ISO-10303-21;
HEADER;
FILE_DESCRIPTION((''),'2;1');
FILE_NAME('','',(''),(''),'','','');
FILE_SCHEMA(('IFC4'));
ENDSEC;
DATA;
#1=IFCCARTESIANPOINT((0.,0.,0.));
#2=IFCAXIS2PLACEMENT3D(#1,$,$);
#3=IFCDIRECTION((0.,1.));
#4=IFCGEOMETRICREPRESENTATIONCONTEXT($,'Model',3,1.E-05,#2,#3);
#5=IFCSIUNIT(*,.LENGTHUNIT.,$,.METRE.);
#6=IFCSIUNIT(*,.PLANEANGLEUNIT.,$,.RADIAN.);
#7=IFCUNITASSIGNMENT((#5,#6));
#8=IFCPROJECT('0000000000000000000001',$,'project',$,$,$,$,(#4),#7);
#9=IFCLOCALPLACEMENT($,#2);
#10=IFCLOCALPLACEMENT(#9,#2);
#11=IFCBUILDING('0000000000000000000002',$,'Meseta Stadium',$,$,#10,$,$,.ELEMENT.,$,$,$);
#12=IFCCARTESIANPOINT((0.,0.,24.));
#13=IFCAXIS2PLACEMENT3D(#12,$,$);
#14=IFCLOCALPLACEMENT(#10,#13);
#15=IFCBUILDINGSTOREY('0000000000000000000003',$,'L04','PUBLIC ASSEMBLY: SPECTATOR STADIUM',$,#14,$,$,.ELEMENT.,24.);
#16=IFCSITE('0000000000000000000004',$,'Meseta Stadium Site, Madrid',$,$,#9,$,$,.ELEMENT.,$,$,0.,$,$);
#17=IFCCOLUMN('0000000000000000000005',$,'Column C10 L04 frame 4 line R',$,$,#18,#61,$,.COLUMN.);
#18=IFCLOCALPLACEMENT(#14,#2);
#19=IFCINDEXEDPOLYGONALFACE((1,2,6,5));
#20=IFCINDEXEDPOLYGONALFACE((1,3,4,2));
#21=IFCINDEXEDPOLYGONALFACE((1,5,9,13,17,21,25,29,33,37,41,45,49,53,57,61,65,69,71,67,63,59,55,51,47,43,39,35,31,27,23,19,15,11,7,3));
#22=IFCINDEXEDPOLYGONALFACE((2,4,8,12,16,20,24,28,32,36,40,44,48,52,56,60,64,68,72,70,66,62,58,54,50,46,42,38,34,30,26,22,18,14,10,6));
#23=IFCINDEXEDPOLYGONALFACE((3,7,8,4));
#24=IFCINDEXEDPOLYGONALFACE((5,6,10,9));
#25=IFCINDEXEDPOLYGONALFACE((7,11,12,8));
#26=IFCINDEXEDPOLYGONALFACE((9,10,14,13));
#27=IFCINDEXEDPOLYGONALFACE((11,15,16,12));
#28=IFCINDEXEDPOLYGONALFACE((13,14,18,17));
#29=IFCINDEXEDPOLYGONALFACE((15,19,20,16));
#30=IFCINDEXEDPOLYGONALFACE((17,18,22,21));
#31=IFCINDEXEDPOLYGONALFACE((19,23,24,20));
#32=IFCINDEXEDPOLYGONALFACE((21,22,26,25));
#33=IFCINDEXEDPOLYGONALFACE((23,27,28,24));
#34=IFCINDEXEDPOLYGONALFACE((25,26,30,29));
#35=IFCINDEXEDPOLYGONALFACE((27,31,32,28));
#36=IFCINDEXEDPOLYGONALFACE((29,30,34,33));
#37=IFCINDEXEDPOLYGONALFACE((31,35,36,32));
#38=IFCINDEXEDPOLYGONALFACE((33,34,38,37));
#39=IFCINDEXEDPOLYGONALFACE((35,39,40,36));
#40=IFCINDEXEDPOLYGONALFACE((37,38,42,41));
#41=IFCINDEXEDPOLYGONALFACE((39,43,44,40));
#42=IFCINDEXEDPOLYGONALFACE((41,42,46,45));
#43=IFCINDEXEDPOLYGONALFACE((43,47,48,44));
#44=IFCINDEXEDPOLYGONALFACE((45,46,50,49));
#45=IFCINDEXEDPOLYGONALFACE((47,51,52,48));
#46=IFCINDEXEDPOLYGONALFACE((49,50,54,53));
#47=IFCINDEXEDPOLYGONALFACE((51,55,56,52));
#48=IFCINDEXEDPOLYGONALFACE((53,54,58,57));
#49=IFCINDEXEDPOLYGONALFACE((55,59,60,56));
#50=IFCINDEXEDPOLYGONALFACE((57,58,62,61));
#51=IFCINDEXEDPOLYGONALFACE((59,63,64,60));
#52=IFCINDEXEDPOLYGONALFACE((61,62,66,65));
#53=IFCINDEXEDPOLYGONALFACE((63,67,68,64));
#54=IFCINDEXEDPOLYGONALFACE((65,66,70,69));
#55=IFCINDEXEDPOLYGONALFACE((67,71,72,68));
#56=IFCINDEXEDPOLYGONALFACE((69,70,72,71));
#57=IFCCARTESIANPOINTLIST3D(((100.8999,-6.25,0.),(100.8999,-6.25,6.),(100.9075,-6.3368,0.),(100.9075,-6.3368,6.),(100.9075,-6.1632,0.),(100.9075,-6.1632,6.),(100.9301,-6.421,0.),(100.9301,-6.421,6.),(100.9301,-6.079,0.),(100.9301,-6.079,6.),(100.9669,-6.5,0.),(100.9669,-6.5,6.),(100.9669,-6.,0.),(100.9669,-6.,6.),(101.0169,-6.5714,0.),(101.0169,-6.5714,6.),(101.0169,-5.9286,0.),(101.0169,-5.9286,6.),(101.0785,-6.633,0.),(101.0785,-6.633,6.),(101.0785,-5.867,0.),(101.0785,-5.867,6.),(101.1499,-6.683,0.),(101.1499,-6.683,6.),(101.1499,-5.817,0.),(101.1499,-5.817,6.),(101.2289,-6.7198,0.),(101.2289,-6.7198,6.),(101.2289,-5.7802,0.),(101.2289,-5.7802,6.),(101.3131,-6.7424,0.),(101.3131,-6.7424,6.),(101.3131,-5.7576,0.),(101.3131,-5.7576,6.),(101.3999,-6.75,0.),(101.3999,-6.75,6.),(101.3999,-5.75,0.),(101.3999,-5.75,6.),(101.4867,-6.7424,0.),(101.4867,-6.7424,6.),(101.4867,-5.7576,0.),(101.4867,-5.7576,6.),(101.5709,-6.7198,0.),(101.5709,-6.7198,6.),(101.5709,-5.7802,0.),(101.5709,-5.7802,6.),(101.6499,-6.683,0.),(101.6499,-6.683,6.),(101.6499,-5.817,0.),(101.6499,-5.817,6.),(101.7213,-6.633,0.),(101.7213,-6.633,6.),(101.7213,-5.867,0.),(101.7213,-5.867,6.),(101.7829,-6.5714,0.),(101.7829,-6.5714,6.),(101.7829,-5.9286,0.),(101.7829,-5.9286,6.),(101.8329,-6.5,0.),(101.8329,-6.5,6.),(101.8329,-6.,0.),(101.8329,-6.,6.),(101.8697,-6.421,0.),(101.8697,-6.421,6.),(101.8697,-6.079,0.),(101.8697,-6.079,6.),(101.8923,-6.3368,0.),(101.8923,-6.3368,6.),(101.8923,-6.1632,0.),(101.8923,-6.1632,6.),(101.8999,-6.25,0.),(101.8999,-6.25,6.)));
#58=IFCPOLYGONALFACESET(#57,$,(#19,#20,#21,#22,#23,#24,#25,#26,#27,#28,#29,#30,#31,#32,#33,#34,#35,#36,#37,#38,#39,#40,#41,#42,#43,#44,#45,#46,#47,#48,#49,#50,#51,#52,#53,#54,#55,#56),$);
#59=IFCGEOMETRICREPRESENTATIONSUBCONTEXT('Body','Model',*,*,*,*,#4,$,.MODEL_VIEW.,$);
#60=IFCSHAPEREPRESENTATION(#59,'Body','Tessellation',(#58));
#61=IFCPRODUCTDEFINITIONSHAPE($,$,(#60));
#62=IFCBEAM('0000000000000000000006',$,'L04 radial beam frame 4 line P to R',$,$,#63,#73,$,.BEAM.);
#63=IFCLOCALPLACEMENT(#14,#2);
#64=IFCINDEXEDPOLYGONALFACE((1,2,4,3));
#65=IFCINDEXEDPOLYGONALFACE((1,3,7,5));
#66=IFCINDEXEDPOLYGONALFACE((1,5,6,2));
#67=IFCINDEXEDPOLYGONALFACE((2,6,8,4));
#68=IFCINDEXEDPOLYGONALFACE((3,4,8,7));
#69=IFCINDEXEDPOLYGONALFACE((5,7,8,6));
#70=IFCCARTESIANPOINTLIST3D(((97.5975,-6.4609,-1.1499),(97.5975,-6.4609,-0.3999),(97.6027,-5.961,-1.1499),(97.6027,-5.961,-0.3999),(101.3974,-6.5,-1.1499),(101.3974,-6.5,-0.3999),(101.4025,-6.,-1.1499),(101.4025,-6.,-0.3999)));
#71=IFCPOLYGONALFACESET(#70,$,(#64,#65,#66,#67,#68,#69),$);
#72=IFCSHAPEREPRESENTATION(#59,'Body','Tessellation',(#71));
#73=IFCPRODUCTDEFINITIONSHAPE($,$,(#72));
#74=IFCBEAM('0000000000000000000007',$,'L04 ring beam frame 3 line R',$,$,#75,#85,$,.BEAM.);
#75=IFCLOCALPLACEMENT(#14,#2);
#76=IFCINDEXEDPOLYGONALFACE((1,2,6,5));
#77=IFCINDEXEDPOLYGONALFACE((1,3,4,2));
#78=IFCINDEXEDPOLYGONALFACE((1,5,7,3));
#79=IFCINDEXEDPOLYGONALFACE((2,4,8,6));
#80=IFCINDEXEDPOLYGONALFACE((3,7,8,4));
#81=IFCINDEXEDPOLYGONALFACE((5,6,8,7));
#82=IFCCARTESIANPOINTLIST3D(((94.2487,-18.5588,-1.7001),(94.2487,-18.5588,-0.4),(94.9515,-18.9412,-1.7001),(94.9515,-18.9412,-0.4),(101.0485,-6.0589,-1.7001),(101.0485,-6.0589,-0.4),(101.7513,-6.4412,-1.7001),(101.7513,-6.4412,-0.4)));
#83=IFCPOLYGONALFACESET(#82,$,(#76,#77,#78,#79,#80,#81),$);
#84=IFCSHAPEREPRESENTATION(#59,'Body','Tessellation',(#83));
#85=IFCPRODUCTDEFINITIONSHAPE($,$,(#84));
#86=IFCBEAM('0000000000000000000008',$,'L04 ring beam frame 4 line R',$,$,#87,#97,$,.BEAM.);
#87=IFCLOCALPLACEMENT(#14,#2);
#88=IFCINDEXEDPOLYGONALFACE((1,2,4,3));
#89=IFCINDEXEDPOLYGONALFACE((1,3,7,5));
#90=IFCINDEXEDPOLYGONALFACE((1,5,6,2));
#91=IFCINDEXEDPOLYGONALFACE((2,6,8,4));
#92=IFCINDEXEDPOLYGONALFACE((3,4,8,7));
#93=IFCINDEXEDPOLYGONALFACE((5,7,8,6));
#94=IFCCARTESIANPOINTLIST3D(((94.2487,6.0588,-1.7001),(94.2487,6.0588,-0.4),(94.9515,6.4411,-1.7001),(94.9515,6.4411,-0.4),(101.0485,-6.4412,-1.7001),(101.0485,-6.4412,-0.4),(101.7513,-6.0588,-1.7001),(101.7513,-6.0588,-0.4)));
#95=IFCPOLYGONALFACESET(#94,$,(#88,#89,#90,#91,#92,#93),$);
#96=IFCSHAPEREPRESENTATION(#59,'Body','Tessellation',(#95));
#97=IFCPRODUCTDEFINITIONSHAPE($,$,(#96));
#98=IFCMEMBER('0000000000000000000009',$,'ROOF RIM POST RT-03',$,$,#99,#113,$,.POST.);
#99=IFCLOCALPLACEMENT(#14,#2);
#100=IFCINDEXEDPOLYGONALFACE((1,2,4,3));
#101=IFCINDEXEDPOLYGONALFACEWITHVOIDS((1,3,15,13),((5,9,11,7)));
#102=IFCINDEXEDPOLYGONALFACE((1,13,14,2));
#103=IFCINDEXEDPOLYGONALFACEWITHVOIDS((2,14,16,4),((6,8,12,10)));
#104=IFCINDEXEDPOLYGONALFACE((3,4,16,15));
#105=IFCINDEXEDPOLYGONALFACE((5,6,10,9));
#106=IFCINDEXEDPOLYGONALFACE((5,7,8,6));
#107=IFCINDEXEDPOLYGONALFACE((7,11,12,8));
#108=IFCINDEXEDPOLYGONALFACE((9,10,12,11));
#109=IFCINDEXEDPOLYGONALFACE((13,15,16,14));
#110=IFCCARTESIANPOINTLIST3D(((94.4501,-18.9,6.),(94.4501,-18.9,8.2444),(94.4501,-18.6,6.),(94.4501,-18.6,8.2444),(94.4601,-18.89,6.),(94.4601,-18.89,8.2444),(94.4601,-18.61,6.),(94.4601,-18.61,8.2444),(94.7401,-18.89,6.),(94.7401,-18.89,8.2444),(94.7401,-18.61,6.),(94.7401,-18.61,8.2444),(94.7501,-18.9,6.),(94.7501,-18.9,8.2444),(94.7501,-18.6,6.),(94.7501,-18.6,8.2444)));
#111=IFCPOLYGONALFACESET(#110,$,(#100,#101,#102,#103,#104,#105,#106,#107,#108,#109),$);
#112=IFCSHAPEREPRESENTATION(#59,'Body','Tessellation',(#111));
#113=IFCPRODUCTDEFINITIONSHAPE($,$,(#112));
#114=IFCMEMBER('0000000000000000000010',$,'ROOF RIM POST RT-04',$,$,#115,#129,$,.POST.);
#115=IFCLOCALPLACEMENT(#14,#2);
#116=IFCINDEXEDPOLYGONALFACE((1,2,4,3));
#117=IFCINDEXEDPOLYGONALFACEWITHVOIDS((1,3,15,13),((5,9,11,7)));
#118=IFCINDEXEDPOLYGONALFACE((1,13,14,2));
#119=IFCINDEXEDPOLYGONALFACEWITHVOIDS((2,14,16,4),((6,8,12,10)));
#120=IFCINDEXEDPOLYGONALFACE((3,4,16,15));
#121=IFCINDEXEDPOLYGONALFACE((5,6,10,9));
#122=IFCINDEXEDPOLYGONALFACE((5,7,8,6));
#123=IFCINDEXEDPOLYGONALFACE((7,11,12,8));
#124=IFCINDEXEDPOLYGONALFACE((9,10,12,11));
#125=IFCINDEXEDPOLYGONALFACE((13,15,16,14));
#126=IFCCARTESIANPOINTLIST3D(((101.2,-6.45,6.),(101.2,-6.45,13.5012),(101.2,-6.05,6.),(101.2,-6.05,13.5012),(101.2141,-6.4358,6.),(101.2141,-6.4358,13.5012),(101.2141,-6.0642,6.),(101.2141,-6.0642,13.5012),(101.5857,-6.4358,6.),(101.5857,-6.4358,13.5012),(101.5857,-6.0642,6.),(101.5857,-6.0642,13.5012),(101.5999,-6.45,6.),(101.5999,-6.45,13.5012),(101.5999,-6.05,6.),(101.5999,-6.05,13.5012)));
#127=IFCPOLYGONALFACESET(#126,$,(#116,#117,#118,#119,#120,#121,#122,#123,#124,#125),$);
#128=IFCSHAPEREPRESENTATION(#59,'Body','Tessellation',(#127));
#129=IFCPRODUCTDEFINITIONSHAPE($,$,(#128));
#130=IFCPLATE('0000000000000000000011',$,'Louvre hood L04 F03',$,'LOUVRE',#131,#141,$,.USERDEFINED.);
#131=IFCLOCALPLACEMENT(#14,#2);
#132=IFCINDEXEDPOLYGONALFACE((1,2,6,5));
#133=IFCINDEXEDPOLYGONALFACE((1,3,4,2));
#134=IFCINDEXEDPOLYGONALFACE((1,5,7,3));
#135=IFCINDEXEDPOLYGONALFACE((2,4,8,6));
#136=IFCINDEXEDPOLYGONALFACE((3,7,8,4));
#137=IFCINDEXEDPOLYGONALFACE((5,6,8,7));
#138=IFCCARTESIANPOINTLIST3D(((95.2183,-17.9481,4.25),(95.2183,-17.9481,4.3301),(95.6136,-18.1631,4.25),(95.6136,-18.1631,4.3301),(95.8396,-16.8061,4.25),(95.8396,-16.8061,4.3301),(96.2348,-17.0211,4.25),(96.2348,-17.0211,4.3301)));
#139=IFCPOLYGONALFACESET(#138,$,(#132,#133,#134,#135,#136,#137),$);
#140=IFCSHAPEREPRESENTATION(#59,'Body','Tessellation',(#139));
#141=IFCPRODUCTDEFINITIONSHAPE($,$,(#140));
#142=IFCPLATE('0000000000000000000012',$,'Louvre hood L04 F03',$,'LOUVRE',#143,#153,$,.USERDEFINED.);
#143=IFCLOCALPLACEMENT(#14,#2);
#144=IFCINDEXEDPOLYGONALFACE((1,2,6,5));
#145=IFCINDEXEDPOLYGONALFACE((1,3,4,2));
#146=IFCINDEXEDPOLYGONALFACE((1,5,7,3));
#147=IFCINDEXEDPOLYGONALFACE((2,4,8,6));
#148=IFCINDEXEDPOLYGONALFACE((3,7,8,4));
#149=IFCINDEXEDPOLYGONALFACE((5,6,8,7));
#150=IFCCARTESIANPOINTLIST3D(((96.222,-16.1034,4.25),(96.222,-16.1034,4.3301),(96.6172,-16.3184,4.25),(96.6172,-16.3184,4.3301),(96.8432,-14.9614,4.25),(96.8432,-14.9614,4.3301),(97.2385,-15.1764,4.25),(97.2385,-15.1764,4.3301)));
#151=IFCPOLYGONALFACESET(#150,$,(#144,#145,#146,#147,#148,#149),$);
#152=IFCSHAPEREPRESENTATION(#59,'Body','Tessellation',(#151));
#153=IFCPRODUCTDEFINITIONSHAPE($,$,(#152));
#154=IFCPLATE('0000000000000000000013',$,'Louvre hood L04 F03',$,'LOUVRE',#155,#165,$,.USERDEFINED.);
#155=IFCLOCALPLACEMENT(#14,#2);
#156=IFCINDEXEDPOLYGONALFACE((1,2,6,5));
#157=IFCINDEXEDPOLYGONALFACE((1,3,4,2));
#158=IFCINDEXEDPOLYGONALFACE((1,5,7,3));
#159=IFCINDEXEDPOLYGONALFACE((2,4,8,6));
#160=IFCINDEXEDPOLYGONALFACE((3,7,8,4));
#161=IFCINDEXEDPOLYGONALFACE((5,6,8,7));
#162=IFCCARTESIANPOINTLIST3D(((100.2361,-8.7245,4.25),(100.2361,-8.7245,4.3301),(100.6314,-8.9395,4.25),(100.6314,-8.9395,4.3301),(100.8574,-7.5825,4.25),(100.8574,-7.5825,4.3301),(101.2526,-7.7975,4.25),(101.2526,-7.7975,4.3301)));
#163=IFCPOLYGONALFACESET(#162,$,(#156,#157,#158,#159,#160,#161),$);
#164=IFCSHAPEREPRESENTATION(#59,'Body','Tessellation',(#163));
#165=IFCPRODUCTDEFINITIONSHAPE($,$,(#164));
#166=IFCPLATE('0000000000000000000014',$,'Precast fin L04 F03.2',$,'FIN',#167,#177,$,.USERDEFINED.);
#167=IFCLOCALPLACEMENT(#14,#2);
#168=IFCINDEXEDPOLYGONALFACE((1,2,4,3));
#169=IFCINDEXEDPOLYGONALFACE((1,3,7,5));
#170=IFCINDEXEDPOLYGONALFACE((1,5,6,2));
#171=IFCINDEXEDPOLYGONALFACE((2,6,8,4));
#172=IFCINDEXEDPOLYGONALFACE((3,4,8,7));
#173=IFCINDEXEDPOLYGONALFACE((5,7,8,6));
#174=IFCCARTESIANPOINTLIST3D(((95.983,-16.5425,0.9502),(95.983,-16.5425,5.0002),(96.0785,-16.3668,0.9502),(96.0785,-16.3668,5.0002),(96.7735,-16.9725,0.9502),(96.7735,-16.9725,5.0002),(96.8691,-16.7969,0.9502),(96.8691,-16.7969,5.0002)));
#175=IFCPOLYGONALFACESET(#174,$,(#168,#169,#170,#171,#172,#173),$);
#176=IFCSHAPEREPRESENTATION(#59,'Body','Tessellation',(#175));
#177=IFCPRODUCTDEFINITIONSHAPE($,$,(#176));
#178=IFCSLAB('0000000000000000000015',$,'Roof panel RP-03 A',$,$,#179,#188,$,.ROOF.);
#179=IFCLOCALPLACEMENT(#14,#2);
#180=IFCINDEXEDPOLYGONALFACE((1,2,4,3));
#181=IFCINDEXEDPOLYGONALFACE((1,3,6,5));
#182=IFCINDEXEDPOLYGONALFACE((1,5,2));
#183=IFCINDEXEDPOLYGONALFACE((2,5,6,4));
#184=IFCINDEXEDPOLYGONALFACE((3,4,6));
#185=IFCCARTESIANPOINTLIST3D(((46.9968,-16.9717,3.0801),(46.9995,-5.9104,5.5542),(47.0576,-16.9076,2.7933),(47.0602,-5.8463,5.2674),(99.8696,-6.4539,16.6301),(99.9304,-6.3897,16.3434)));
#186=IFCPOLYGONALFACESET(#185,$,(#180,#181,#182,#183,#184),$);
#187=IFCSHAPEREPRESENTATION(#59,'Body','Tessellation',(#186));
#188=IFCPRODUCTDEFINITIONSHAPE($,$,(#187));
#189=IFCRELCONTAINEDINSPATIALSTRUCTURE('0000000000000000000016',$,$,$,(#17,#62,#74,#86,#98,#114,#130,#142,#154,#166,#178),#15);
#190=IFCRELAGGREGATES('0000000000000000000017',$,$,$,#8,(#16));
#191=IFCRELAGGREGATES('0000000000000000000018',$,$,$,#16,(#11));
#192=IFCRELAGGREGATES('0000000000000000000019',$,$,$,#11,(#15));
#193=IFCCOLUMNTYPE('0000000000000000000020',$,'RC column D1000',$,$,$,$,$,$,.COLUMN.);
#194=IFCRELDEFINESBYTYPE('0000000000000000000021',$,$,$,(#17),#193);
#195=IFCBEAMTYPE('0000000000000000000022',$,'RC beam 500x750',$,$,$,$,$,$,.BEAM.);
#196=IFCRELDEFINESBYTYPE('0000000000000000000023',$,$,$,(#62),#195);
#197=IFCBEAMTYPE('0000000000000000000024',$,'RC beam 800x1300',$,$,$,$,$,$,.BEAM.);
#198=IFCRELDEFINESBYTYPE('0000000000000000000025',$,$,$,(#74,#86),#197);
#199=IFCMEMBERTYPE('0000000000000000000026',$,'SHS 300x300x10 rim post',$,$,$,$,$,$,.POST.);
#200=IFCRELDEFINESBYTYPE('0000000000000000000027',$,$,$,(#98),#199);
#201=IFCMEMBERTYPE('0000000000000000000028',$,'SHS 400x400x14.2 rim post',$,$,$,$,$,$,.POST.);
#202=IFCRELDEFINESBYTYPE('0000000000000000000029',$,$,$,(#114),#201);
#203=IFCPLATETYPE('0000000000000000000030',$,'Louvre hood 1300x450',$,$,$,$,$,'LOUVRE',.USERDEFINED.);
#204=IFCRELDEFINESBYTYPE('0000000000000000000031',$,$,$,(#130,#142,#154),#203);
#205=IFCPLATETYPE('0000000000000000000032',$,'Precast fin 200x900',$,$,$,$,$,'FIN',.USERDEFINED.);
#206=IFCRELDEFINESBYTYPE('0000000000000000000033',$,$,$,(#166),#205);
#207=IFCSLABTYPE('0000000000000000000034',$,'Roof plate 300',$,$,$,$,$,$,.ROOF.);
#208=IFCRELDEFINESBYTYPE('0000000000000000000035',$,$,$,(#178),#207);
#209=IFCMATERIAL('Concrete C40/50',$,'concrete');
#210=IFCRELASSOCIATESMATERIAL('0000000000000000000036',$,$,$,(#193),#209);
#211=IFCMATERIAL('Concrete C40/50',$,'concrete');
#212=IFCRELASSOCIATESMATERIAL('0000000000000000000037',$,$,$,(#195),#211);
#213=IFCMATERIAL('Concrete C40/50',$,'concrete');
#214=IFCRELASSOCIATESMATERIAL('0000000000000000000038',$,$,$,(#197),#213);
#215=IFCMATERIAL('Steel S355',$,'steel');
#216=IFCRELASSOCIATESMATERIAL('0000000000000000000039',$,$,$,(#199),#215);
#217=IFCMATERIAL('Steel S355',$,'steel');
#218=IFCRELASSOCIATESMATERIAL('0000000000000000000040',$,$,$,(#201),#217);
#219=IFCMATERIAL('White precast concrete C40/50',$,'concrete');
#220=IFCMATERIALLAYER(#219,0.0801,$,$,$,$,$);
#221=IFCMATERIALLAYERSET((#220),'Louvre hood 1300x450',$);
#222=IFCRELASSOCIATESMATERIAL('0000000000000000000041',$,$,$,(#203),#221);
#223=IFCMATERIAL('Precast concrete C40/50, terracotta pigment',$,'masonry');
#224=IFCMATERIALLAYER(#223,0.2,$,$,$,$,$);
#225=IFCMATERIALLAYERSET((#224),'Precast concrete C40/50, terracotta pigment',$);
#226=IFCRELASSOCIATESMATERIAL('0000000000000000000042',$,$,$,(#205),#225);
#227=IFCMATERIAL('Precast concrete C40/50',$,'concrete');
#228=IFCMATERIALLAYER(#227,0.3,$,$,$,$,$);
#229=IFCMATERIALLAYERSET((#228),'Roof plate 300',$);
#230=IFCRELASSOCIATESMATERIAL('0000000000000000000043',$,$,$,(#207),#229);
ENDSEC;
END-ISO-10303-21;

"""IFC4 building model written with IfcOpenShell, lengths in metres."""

from ifc_helpers import new_model, si_unit, direction, frame, origin, origin_2d, place, context, subcontext, project, spatial, polyline, rectangle, hollow_rectangle, circle, outline, extrude, material, layer, layer_set, material_profile, profile_set, type_object, element, save


model = new_model("IFC4")

# Units and contexts
model_context = context("Model", 3, precision=1e-05, world=origin(), true_north=direction((0.0, 1.0)))
body_context = subcontext(model_context, "Body", "Model", "MODEL_VIEW")
ifc_project = project(units=[si_unit("LENGTHUNIT", "METRE"), si_unit("PLANEANGLEUNIT", "RADIAN")], contexts=[model_context])

# Site, building, storey
site_placement = place(None, origin())
site = spatial("IfcSite", under=ifc_project, at=site_placement, Name="Meseta Stadium Site, Madrid", CompositionType="ELEMENT", RefElevation=0.0)
building_placement = place(site_placement, origin())
building = spatial("IfcBuilding", under=site, at=building_placement, Name="Meseta Stadium", CompositionType="ELEMENT")
storey_placement = place(building_placement, frame((0.0, 0.0, 24.0)))
storey = spatial("IfcBuildingStorey", under=building, at=storey_placement, Name="L04", Description="PUBLIC ASSEMBLY: SPECTATOR STADIUM", CompositionType="ELEMENT", Elevation=24.0)

# Column
ifc_material_1 = material(Name="Concrete C40/50", Category="concrete")
ifc_material_profile_1 = material_profile(ifc_material_1, circle(Radius=0.5, at=origin_2d()), Name="RC D1000")
ifc_profile_set_1 = profile_set([ifc_material_profile_1], Name="Concrete C40/50")
column_type = type_object("IfcColumnType", Name="RC column D1000", PredefinedType="COLUMN", material=ifc_profile_set_1)
column_placement = place(storey_placement, frame((101.3999, -6.25, 0.0), z_axis=(0.0, 0.0, 1.0), x_axis=(1.0, 0.0, 0.0)))
element("IfcColumn", 1, at=column_placement, inside=storey, type_object=column_type, Name="Column C10 L04 frame 4 line R", PredefinedType="COLUMN", context=body_context, shape_type="SweptSolid", body=[
    extrude(circle(Radius=0.5, at=origin_2d()), origin(), (0.0, 0.0, 1.0), 6.0),
])

# Beams
ifc_material_2 = material(Name="Concrete C40/50", Category="concrete")
ifc_material_profile_2 = material_profile(ifc_material_2, rectangle(XDim=0.5, YDim=0.75, at=origin_2d()), Name="RC 500x750")
ifc_profile_set_2 = profile_set([ifc_material_profile_2], Name="Concrete C40/50")
beam_type_1 = type_object("IfcBeamType", Name="RC beam 500x750", PredefinedType="BEAM", material=ifc_profile_set_2)
beam_placement = place(storey_placement, frame((97.6001, -6.2109, -0.7749), z_axis=(0.999947, -0.01028, 0.0), x_axis=(0.01028, 0.999947, 0.0)))
element("IfcBeam", 2, at=beam_placement, inside=storey, type_object=beam_type_1, Name="L04 radial beam frame 4 line P to R", PredefinedType="BEAM", context=body_context, shape_type="SweptSolid", body=[
    extrude(rectangle(XDim=0.5, YDim=0.75, at=origin_2d()), origin(), (0.0, 0.0, 1.0), 3.8),
])
ifc_material_3 = material(Name="Concrete C40/50", Category="concrete")
ifc_material_profile_3 = material_profile(ifc_material_3, rectangle(XDim=0.8, YDim=1.3, at=origin_2d()), Name="RC 800x1300")
ifc_profile_set_3 = profile_set([ifc_material_profile_3], Name="Concrete C40/50")
beam_type_2 = type_object("IfcBeamType", Name="RC beam 800x1300", PredefinedType="BEAM", material=ifc_profile_set_3)
for number, where, z_axis, x_axis, name in (
    (3, (94.6001, -18.75, -1.05), (0.477856, 0.878438, 0.0), (-0.878438, 0.477856, 0.0), "L04 ring beam frame 3 line R"),
    (4, (101.3999, -6.25, -1.05), (-0.477856, 0.878438, 0.0), (-0.878438, -0.477856, 0.0), "L04 ring beam frame 4 line R"),
):
    element("IfcBeam", number, at=place(storey_placement, frame(where, z_axis=z_axis, x_axis=x_axis)), inside=storey, type_object=beam_type_2, Name=name, PredefinedType="BEAM", context=body_context, shape_type="SweptSolid", body=[
        extrude(rectangle(XDim=0.8, YDim=1.3, at=origin_2d()), origin(), (0.0, 0.0, 1.0), 14.2297),
    ])

# Members
ifc_material_4 = material(Name="Steel S355", Category="steel")
ifc_material_profile_4 = material_profile(ifc_material_4, hollow_rectangle(XDim=0.3, YDim=0.3, WallThickness=0.01, at=origin_2d()), Name="SHS 300x300x10")
ifc_profile_set_4 = profile_set([ifc_material_profile_4], Name="Steel S355")
member_type_1 = type_object("IfcMemberType", Name="SHS 300x300x10 rim post", PredefinedType="POST", material=ifc_profile_set_4)
member_1_placement = place(storey_placement, frame((94.6001, -18.75, 6.0), z_axis=(0.0, 0.0, 1.0), x_axis=(1.0, 0.0, 0.0)))
element("IfcMember", 5, at=member_1_placement, inside=storey, type_object=member_type_1, Name="ROOF RIM POST RT-03", PredefinedType="POST", context=body_context, shape_type="SweptSolid", body=[
    extrude(hollow_rectangle(XDim=0.3, YDim=0.3, WallThickness=0.01, at=origin_2d()), origin(), (0.0, 0.0, 1.0), 2.2444),
])
ifc_material_5 = material(Name="Steel S355", Category="steel")
ifc_material_profile_5 = material_profile(ifc_material_5, hollow_rectangle(XDim=0.3999, YDim=0.3999, WallThickness=0.0142, at=origin_2d()), Name="SHS 400x400x14.2")
ifc_profile_set_5 = profile_set([ifc_material_profile_5], Name="Steel S355")
member_type_2 = type_object("IfcMemberType", Name="SHS 400x400x14.2 rim post", PredefinedType="POST", material=ifc_profile_set_5)
member_2_placement = place(storey_placement, frame((101.3999, -6.25, 6.0), z_axis=(0.0, 0.0, 1.0), x_axis=(1.0, 0.0, 0.0)))
element("IfcMember", 6, at=member_2_placement, inside=storey, type_object=member_type_2, Name="ROOF RIM POST RT-04", PredefinedType="POST", context=body_context, shape_type="SweptSolid", body=[
    extrude(hollow_rectangle(XDim=0.3999, YDim=0.3999, WallThickness=0.0142, at=origin_2d()), origin(), (0.0, 0.0, 1.0), 7.5012),
])

# Plates
ifc_material_6 = material(Name="White precast concrete C40/50", Category="concrete")
ifc_layer_1 = layer(ifc_material_6, 0.0801)
ifc_layer_set_1 = layer_set([ifc_layer_1], Name="Louvre hood 1300x450")
plate_type_1 = type_object("IfcPlateType", Name="Louvre hood 1300x450", ElementType="LOUVRE", PredefinedType="USERDEFINED", material=ifc_layer_set_1)
for number, where, z_axis, x_axis, name in (
    (7, (95.7266, -17.4846, 4.25), (0.0, 0.0, 1.0), (0.477867, 0.878432, 0.0), "Louvre hood L04 F03"),
    (8, (96.7302, -15.6399, 4.25), (0.0, 0.0, 1.0), (0.477867, 0.878432, 0.0), "Louvre hood L04 F03"),
    (9, (100.7444, -8.261, 4.25), (0.0, 0.0, 1.0), (0.477867, 0.878432, 0.0), "Louvre hood L04 F03"),
):
    element("IfcPlate", number, at=place(storey_placement, frame(where, z_axis=z_axis, x_axis=x_axis)), inside=storey, type_object=plate_type_1, Name=name, ObjectType="LOUVRE", PredefinedType="USERDEFINED", context=body_context, shape_type="SweptSolid", body=[
        extrude(rectangle(XDim=1.3, YDim=0.45, at=origin_2d()), origin(), (0.0, 0.0, 1.0), 0.0801),
    ])
ifc_material_7 = material(Name="Precast concrete C40/50, terracotta pigment", Category="masonry")
ifc_layer_2 = layer(ifc_material_7, 0.2)
ifc_layer_set_2 = layer_set([ifc_layer_2], Name="Precast concrete C40/50, terracotta pigment")
plate_type_2 = type_object("IfcPlateType", Name="Precast fin 200x900", ElementType="FIN", PredefinedType="USERDEFINED", material=ifc_layer_set_2)
plate_placement = place(storey_placement, frame((96.426, -16.6697, 0.9502), z_axis=(0.0, 0.0, 1.0), x_axis=(-0.477867, -0.878432, 0.0)))
element("IfcPlate", 10, at=plate_placement, inside=storey, type_object=plate_type_2, Name="Precast fin L04 F03.2", ObjectType="FIN", PredefinedType="USERDEFINED", context=body_context, shape_type="SweptSolid", body=[
    extrude(rectangle(XDim=0.2, YDim=0.8999, at=origin_2d()), origin(), (0.0, 0.0, 1.0), 4.05),
])

# Slab
ifc_material_8 = material(Name="Precast concrete C40/50", Category="concrete")
ifc_layer_3 = layer(ifc_material_8, 0.3)
ifc_layer_set_3 = layer_set([ifc_layer_3], Name="Roof plate 300")
slab_type = type_object("IfcSlabType", Name="Roof plate 300", PredefinedType="ROOF", material=ifc_layer_set_3)
slab_1_placement = place(storey_placement, frame((99.8696, -6.4539, 16.6301), z_axis=(-0.202409, -0.213715, 0.955697), x_axis=(-0.951196, -0.189218, -0.243769)))
element("IfcSlab", 11, at=slab_1_placement, inside=storey, type_object=slab_type, Name="Roof panel RP-03 A", PredefinedType="ROOF", context=body_context, shape_type="SweptSolid", body=[
    extrude(outline(polyline([(0.0, 0.0), (55.5856, 0.0), (52.887, -11.0087), (0.0, 0.0)])), origin(), (0.0, 0.0, -1.0), 0.3),
])

save(model, "model.ifc")
